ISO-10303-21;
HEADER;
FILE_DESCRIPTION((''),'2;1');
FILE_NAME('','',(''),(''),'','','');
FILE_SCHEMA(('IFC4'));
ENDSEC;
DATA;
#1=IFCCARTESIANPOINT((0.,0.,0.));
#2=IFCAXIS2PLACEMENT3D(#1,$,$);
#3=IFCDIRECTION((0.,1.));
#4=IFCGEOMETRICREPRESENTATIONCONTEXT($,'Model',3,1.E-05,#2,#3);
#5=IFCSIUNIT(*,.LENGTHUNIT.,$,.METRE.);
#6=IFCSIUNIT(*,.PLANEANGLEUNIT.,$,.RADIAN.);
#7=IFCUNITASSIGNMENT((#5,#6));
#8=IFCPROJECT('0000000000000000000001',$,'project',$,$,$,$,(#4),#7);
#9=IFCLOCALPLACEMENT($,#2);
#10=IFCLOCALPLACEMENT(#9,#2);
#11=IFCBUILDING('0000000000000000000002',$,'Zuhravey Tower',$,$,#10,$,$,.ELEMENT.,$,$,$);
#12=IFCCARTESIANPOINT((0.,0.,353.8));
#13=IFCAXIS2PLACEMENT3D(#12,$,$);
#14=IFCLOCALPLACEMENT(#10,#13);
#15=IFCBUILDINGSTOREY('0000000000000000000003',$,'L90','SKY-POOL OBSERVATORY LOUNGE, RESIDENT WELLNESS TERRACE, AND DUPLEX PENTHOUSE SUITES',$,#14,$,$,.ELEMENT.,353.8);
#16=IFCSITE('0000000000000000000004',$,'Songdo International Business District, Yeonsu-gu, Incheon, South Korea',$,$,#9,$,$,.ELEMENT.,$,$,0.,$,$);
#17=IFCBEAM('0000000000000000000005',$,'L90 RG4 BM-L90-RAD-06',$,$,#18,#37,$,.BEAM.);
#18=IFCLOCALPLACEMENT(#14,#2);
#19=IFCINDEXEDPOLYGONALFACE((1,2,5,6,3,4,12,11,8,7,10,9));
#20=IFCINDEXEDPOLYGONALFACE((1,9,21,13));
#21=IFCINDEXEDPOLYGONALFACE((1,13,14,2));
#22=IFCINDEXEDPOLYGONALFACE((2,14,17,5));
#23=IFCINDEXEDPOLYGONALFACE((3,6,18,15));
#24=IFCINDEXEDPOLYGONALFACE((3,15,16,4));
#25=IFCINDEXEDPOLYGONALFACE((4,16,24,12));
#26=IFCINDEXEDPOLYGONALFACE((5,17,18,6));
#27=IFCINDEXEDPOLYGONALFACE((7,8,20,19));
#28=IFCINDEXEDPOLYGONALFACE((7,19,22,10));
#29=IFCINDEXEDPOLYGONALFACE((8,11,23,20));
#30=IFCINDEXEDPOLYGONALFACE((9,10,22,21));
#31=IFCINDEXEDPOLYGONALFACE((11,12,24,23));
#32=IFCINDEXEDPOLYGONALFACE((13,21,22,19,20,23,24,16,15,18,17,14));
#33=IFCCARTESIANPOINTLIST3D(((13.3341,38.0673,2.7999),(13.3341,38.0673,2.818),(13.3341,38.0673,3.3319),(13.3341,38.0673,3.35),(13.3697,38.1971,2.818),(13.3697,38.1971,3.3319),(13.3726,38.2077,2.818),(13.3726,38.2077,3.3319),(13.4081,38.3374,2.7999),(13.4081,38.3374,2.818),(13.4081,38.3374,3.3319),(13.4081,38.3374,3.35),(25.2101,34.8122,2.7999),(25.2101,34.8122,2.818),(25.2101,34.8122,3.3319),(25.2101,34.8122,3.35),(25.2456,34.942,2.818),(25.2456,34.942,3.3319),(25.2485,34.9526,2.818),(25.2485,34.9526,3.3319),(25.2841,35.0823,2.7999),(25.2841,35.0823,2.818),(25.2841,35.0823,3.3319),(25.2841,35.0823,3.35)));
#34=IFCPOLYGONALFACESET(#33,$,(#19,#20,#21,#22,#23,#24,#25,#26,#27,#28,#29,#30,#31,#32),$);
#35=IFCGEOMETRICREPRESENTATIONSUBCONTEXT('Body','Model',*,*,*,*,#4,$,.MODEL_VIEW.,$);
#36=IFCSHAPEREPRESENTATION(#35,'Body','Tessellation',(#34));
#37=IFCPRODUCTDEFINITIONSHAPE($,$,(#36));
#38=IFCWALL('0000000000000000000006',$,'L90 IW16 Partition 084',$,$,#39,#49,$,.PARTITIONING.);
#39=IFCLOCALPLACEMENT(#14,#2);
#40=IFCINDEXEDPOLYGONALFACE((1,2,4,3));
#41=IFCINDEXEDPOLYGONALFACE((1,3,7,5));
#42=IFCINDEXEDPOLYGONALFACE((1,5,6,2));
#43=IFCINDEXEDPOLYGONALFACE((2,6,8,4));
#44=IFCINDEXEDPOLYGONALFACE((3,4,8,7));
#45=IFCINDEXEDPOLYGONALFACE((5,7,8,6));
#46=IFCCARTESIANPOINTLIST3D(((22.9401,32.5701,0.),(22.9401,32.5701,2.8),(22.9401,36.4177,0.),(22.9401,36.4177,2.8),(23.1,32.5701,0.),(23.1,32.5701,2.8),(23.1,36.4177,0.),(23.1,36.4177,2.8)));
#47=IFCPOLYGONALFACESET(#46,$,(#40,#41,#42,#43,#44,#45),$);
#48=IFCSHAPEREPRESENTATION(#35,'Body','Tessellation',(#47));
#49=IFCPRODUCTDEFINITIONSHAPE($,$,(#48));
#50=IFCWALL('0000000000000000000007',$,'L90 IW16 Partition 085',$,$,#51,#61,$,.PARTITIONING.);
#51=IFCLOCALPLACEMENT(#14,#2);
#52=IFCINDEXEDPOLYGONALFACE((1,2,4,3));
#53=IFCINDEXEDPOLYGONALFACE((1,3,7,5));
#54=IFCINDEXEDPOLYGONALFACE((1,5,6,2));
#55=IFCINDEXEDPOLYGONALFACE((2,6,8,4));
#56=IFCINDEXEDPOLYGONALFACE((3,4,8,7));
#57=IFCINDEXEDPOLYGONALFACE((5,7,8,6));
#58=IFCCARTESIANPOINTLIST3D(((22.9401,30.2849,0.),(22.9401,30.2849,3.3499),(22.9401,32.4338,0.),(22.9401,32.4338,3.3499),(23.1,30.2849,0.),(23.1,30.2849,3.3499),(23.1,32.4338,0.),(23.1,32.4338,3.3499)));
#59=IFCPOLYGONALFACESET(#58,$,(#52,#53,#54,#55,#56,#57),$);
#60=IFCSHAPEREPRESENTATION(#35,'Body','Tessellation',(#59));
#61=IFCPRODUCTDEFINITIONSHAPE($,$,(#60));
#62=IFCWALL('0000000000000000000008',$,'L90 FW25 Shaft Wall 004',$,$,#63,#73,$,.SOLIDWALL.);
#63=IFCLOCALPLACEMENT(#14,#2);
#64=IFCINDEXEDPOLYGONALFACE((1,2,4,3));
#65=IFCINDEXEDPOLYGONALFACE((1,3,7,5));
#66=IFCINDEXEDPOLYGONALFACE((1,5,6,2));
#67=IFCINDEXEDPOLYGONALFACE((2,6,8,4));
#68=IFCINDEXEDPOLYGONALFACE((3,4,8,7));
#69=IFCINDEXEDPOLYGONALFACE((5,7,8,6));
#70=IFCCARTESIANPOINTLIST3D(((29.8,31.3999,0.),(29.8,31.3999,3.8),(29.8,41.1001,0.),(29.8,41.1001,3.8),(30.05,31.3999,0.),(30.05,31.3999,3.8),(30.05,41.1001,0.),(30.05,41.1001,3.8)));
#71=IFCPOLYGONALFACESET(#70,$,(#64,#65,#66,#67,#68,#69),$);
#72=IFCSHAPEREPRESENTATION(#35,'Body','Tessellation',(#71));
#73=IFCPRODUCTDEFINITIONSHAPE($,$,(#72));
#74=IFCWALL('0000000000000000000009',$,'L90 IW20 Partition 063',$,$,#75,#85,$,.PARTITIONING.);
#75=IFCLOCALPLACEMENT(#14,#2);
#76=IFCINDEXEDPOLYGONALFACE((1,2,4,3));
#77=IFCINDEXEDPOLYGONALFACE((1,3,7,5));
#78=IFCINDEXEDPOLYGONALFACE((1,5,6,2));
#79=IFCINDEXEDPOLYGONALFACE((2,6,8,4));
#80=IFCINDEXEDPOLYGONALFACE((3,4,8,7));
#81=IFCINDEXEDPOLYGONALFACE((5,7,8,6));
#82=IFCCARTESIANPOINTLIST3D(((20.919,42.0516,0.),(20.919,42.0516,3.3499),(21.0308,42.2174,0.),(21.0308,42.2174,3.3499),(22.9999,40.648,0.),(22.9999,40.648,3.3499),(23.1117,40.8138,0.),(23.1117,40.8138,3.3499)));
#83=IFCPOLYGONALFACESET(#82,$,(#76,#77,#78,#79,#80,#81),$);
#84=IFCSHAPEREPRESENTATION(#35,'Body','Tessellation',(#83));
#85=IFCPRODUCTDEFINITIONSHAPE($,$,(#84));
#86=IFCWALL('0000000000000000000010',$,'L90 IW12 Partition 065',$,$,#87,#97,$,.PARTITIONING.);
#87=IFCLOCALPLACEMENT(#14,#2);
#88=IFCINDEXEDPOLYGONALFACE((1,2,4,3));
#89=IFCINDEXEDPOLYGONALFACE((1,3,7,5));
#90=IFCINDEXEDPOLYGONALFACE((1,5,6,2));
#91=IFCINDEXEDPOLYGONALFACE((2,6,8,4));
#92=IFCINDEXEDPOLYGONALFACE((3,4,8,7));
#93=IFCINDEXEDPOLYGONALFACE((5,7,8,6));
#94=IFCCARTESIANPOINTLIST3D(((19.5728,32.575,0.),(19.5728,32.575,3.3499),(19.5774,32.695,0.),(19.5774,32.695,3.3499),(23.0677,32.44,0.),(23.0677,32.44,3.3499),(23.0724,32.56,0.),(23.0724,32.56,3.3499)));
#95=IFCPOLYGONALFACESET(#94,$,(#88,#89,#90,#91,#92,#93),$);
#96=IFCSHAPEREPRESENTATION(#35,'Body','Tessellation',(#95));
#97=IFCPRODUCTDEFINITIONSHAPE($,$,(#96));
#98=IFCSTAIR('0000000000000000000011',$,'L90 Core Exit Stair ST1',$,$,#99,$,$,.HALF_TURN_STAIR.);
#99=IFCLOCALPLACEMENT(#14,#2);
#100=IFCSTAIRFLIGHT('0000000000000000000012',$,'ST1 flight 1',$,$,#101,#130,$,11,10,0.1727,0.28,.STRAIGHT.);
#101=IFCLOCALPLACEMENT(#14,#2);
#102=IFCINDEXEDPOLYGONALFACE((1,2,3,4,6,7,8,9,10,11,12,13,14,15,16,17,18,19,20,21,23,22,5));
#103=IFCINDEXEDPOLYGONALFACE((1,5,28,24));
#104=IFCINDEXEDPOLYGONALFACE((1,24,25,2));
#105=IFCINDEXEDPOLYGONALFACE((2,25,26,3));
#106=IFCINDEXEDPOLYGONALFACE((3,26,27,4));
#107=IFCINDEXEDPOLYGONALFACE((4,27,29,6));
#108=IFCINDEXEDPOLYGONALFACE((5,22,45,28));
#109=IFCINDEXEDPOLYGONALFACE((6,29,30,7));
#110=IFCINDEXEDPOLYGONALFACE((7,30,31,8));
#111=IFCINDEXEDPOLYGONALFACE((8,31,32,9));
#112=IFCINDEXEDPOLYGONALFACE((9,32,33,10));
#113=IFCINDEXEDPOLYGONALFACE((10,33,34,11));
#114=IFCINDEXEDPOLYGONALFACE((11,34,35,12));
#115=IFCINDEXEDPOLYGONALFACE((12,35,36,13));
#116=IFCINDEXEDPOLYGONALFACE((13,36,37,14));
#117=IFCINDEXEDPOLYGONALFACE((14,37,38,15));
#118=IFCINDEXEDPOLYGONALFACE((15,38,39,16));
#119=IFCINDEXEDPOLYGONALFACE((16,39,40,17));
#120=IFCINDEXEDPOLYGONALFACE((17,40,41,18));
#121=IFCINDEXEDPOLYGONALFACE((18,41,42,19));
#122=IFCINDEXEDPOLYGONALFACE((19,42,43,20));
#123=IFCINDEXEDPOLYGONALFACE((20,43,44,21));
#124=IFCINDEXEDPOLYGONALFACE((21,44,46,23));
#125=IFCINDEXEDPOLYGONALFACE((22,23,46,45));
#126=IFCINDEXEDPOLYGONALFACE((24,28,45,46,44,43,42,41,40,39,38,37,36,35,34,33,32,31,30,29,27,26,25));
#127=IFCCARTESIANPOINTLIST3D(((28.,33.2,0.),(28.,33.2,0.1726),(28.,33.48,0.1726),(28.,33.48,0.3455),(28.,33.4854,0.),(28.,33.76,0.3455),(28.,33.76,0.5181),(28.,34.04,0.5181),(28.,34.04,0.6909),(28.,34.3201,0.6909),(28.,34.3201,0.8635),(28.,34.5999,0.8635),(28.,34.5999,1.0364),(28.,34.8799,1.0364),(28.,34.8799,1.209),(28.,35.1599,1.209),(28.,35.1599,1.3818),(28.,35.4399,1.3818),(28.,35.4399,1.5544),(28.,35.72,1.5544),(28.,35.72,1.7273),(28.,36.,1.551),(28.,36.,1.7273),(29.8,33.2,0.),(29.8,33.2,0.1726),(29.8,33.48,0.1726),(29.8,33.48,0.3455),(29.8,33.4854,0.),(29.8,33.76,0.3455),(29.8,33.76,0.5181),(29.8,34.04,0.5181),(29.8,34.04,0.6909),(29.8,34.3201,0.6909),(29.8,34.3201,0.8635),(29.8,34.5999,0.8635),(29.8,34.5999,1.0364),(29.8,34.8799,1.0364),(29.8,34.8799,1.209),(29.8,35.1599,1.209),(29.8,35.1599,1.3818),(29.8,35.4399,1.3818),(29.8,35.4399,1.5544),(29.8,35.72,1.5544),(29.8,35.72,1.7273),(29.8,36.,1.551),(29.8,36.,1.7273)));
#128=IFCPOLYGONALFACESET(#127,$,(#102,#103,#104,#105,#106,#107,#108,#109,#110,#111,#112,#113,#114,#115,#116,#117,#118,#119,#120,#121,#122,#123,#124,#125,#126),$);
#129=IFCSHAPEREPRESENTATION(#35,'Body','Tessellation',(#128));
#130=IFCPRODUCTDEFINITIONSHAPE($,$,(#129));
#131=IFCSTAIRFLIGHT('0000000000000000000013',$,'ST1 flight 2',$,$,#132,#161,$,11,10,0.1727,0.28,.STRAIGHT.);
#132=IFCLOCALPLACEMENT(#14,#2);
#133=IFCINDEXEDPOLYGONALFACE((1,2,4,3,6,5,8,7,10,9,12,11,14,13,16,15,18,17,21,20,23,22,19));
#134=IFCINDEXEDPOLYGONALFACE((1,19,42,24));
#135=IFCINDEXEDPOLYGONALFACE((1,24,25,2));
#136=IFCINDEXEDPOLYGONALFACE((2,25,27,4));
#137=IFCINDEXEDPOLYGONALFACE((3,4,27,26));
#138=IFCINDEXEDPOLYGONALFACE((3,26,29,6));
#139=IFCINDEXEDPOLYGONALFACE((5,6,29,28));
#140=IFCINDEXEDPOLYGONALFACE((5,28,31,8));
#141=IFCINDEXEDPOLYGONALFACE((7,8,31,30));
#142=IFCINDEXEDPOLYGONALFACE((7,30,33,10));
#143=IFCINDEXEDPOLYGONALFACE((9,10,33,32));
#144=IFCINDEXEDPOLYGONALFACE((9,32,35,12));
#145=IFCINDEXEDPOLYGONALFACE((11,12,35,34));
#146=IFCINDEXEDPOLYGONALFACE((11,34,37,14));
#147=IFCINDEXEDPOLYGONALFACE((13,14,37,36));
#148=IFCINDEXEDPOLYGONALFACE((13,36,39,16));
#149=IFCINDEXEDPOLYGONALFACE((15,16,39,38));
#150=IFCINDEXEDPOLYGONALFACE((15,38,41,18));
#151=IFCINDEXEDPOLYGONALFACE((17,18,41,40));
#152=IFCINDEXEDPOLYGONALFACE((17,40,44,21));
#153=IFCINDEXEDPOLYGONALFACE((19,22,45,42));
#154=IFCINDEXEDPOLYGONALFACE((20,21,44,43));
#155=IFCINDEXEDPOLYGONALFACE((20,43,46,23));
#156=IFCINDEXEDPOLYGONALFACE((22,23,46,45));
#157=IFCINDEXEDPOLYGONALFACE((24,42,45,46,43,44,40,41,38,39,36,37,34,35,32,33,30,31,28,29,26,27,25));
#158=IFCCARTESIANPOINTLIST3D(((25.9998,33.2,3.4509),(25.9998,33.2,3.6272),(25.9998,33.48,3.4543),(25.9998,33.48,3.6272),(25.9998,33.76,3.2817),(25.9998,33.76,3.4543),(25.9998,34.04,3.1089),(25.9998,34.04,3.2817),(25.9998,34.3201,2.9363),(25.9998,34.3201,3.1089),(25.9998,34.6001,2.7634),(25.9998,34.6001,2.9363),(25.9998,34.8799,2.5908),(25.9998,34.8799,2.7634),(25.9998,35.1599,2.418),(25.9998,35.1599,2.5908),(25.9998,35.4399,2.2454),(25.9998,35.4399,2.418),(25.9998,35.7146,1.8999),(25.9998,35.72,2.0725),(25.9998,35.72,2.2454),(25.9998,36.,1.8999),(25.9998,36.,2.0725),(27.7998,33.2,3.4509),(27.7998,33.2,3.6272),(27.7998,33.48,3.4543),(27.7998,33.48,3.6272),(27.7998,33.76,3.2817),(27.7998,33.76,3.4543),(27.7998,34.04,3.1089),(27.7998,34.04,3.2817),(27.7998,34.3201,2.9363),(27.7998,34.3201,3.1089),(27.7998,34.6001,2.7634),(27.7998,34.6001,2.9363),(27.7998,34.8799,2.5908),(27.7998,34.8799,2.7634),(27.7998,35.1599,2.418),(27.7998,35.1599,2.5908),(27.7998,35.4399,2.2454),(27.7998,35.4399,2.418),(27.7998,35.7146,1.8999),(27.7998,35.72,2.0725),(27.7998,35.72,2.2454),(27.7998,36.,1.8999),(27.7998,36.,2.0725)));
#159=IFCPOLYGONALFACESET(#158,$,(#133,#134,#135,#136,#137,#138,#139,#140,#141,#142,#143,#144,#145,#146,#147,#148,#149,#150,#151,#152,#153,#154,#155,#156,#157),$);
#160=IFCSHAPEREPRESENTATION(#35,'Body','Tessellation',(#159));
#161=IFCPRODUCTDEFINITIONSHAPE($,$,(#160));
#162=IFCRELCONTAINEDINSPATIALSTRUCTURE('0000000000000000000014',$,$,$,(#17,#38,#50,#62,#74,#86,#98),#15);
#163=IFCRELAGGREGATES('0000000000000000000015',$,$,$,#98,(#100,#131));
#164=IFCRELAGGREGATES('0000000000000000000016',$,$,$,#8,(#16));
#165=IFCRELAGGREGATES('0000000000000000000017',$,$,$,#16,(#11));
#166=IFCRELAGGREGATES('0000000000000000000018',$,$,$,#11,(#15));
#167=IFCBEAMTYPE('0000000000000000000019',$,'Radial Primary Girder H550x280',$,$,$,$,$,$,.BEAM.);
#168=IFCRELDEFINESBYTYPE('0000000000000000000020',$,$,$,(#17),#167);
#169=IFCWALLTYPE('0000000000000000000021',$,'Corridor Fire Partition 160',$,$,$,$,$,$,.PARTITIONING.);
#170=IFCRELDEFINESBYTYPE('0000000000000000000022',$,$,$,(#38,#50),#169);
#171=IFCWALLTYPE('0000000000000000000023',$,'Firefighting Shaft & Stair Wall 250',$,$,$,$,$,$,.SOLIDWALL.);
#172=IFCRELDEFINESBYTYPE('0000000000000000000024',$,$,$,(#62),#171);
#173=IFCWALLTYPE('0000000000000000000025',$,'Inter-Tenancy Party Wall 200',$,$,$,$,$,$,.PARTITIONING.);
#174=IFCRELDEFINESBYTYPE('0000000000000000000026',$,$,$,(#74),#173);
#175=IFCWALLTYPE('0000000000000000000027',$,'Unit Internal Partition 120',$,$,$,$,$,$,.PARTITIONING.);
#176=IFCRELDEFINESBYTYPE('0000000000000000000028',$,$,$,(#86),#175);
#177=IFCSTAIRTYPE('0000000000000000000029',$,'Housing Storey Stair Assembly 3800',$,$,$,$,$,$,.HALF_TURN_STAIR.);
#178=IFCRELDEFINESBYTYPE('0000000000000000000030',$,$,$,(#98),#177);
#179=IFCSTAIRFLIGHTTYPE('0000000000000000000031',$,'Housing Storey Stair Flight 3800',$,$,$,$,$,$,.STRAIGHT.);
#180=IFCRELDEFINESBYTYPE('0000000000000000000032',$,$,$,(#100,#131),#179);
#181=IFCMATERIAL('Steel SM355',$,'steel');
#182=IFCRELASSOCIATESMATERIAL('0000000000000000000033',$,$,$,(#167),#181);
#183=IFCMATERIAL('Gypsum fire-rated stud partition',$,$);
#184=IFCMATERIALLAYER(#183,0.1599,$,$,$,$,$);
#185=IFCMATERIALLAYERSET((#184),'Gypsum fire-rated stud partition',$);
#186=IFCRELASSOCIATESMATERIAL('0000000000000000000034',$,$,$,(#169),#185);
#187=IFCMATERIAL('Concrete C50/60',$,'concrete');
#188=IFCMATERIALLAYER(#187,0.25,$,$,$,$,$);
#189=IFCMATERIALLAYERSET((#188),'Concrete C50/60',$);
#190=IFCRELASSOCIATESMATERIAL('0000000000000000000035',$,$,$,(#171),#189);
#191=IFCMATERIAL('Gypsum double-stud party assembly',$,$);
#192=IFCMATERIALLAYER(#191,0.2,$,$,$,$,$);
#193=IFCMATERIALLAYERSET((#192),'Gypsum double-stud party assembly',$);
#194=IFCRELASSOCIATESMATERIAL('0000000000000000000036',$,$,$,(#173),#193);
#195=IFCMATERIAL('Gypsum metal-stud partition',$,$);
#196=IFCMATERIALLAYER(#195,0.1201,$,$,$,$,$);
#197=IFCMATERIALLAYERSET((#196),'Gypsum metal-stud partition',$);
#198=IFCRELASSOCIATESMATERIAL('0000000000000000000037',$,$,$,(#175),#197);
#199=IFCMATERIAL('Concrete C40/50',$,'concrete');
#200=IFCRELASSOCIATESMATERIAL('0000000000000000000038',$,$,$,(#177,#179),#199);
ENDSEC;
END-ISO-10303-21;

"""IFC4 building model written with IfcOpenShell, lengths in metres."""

from ifc_helpers import new_model, si_unit, direction, frame, frame_2d, origin, origin_2d, place, context, subcontext, project, spatial, polyline, rectangle, i_section, outline, extrude, material, layer, layer_set, material_profile, profile_set, type_object, element, aggregate, save


model = new_model("IFC4")

# Units and contexts
model_context = context("Model", 3, precision=1e-05, world=origin(), true_north=direction((0.0, 1.0)))
body_context = subcontext(model_context, "Body", "Model", "MODEL_VIEW")
ifc_project = project(units=[si_unit("LENGTHUNIT", "METRE"), si_unit("PLANEANGLEUNIT", "RADIAN")], contexts=[model_context])

# Site, building, storey
site_placement = place(None, origin())
site = spatial("IfcSite", under=ifc_project, at=site_placement, Name="Songdo International Business District, Yeonsu-gu, Incheon, South Korea", CompositionType="ELEMENT", RefElevation=0.0)
building_placement = place(site_placement, origin())
building = spatial("IfcBuilding", under=site, at=building_placement, Name="Zuhravey Tower", CompositionType="ELEMENT")
storey_placement = place(building_placement, frame((0.0, 0.0, 353.8)))
storey = spatial("IfcBuildingStorey", under=building, at=storey_placement, Name="L90", Description="SKY-POOL OBSERVATORY LOUNGE, RESIDENT WELLNESS TERRACE, AND DUPLEX PENTHOUSE SUITES", CompositionType="ELEMENT", Elevation=353.8)

# Beam
ifc_material_1 = material(Name="Steel SM355", Category="steel")
ifc_material_profile = material_profile(ifc_material_1, i_section(OverallWidth=0.28, OverallDepth=0.55, WebThickness=0.011, FlangeThickness=0.0181, at=origin_2d()), Name="H-550x280x11x18")
ifc_profile_set = profile_set([ifc_material_profile], Name="Steel SM355")
beam_type = type_object("IfcBeamType", Name="Radial Primary Girder H550x280", PredefinedType="BEAM", material=ifc_profile_set)
beam_placement = place(storey_placement, frame((25.2471, 34.9473, 3.075), z_axis=(-0.964429, 0.264344, 0.0), x_axis=(-0.264344, -0.964429, 0.0)))
element("IfcBeam", 1, at=beam_placement, inside=storey, type_object=beam_type, Name="L90 RG4 BM-L90-RAD-06", PredefinedType="BEAM", context=body_context, shape_type="SweptSolid", body=[
    extrude(i_section(OverallWidth=0.28, OverallDepth=0.55, WebThickness=0.011, FlangeThickness=0.0181, at=origin_2d()), origin(), (0.0, 0.0, 1.0), 12.314),
])

# Shared definitions
ifc_material_2 = material(Name="Gypsum fire-rated stud partition")
ifc_layer_1 = layer(ifc_material_2, 0.1599)
ifc_layer_set_1 = layer_set([ifc_layer_1], Name="Gypsum fire-rated stud partition")
wall_type_1 = type_object("IfcWallType", Name="Corridor Fire Partition 160", PredefinedType="PARTITIONING", material=ifc_layer_set_1)

# Walls
wall_1_placement = place(storey_placement, frame((23.02, 36.4177, 0.0), z_axis=(0.0, 0.0, 1.0), x_axis=(0.0, -1.0, 0.0)))
element("IfcWall", 2, at=wall_1_placement, inside=storey, type_object=wall_type_1, Name="L90 IW16 Partition 084", PredefinedType="PARTITIONING", context=body_context, shape_type="SweptSolid", body=[
    extrude(rectangle(XDim=3.8477, YDim=0.1599, at=frame_2d((1.9238, 0.0))), origin(), (0.0, 0.0, 1.0), 2.8),
])
wall_2_placement = place(storey_placement, frame((23.02, 32.4338, 0.0), z_axis=(0.0, 0.0, 1.0), x_axis=(0.0, -1.0, 0.0)))
element("IfcWall", 3, at=wall_2_placement, inside=storey, type_object=wall_type_1, Name="L90 IW16 Partition 085", PredefinedType="PARTITIONING", context=body_context, shape_type="SweptSolid", body=[
    extrude(rectangle(XDim=2.1489, YDim=0.1599, at=frame_2d((1.0745, 0.0))), origin(), (0.0, 0.0, 1.0), 3.3499),
])

# Shared definitions
ifc_material_3 = material(Name="Concrete C50/60", Category="concrete")
ifc_layer_2 = layer(ifc_material_3, 0.25)
ifc_layer_set_2 = layer_set([ifc_layer_2], Name="Concrete C50/60")
wall_type_2 = type_object("IfcWallType", Name="Firefighting Shaft & Stair Wall 250", PredefinedType="SOLIDWALL", material=ifc_layer_set_2)

# Walls
wall_3_placement = place(storey_placement, frame((29.925, 31.3999, 0.0), z_axis=(0.0, 0.0, 1.0), x_axis=(0.0, 1.0, 0.0)))
element("IfcWall", 4, at=wall_3_placement, inside=storey, type_object=wall_type_2, Name="L90 FW25 Shaft Wall 004", PredefinedType="SOLIDWALL", context=body_context, shape_type="SweptSolid", body=[
    extrude(rectangle(XDim=9.7002, YDim=0.25, at=frame_2d((4.8501, 0.0))), origin(), (0.0, 0.0, 1.0), 3.8),
])
ifc_material_4 = material(Name="Gypsum double-stud party assembly")
ifc_layer_3 = layer(ifc_material_4, 0.2)
ifc_layer_set_3 = layer_set([ifc_layer_3], Name="Gypsum double-stud party assembly")
wall_type_3 = type_object("IfcWallType", Name="Inter-Tenancy Party Wall 200", PredefinedType="PARTITIONING", material=ifc_layer_set_3)
wall_4_placement = place(storey_placement, frame((23.0557, 40.731, 0.0), z_axis=(0.0, 0.0, 1.0), x_axis=(-0.82903, 0.559204, 0.0)))
element("IfcWall", 5, at=wall_4_placement, inside=storey, type_object=wall_type_3, Name="L90 IW20 Partition 063", PredefinedType="PARTITIONING", context=body_context, shape_type="SweptSolid", body=[
    extrude(rectangle(XDim=2.51, YDim=0.2, at=frame_2d((1.2549, 0.0))), origin(), (0.0, 0.0, 1.0), 3.3499),
])
ifc_material_5 = material(Name="Gypsum metal-stud partition")
ifc_layer_4 = layer(ifc_material_5, 0.1201)
ifc_layer_set_4 = layer_set([ifc_layer_4], Name="Gypsum metal-stud partition")
wall_type_4 = type_object("IfcWallType", Name="Unit Internal Partition 120", PredefinedType="PARTITIONING", material=ifc_layer_set_4)
wall_5_placement = place(storey_placement, frame((23.0701, 32.5, 0.0), z_axis=(0.0, 0.0, 1.0), x_axis=(-0.999255, 0.038602, 0.0)))
element("IfcWall", 6, at=wall_5_placement, inside=storey, type_object=wall_type_4, Name="L90 IW12 Partition 065", PredefinedType="PARTITIONING", context=body_context, shape_type="SweptSolid", body=[
    extrude(rectangle(XDim=3.4976, YDim=0.1201, at=frame_2d((1.7488, 0.0))), origin(), (0.0, 0.0, 1.0), 3.3499),
])

# Stair, stair flights
ifc_material_6 = material(Name="Concrete C40/50", Category="concrete")
stair_type = type_object("IfcStairType", Name="Housing Storey Stair Assembly 3800", PredefinedType="HALF_TURN_STAIR", material=ifc_material_6)
stair_1_placement = place(storey_placement, origin())
stair_1 = element("IfcStair", 7, at=stair_1_placement, inside=storey, type_object=stair_type, Name="L90 Core Exit Stair ST1", PredefinedType="HALF_TURN_STAIR")
stair_flight_type = type_object("IfcStairFlightType", Name="Housing Storey Stair Flight 3800", PredefinedType="STRAIGHT", material=ifc_material_6)
stair_flight_1_placement = place(storey_placement, frame((28.8999, 33.2, 0.0), z_axis=(0.0, 0.0, 1.0), x_axis=(0.0, 1.0, 0.0)))
stair_flight_1 = element("IfcStairFlight", 8, at=stair_flight_1_placement, type_object=stair_flight_type, Name="ST1 flight 1", NumberOfRisers=11, NumberOfTreads=10, PredefinedType="STRAIGHT", RiserHeight=0.1727, TreadLength=0.28, context=body_context, shape_type="SweptSolid", body=[
    extrude(outline(polyline([(0.0, 0.0), (0.0, 0.1726), (0.28, 0.1726), (0.28, 0.3455), (0.5601, 0.3455), (0.5601, 0.5181), (0.8401, 0.5181), (0.8401, 0.6909), (1.1201, 0.6909), (1.1201, 0.8635), (1.3999, 0.8635), (1.3999, 1.0364), (1.6799, 1.0364), (1.6799, 1.209), (1.96, 1.209), (1.96, 1.3818), (2.24, 1.3818), (2.24, 1.5544), (2.52, 1.5544), (2.52, 1.7273), (2.8, 1.7273), (2.8, 1.8999), (2.8, 1.551), (0.2854, 0.0), (0.0, 0.0)])), frame((0.0, 0.8999, 0.0), z_axis=(0.0, -1.0, 0.0), x_axis=(1.0, 0.0, 0.0)), (0.0, 0.0, 1.0), 1.8),
])
stair_flight_2_placement = place(storey_placement, frame((26.8999, 36.0, 1.8999), z_axis=(0.0, 0.0, 1.0), x_axis=(0.0, -1.0, 0.0)))
stair_flight_2 = element("IfcStairFlight", 9, at=stair_flight_2_placement, type_object=stair_flight_type, Name="ST1 flight 2", NumberOfRisers=11, NumberOfTreads=10, PredefinedType="STRAIGHT", RiserHeight=0.1727, TreadLength=0.28, context=body_context, shape_type="SweptSolid", body=[
    extrude(outline(polyline([(0.0, 0.0), (0.0, 0.1726), (0.28, 0.1726), (0.28, 0.3455), (0.5601, 0.3455), (0.5601, 0.5181), (0.8401, 0.5181), (0.8401, 0.6909), (1.1201, 0.6909), (1.1201, 0.8635), (1.3999, 0.8635), (1.3999, 1.0364), (1.6799, 1.0364), (1.6799, 1.209), (1.96, 1.209), (1.96, 1.3818), (2.24, 1.3818), (2.24, 1.5544), (2.52, 1.5544), (2.52, 1.7273), (2.8, 1.7273), (2.8, 1.8999), (2.8, 1.551), (0.2854, 0.0), (0.0, 0.0)])), frame((0.0, 0.8999, 0.0), z_axis=(0.0, -1.0, 0.0), x_axis=(1.0, 0.0, 0.0)), (0.0, 0.0, 1.0), 1.8),
])
aggregate(stair_1, [stair_flight_1, stair_flight_2])

save(model, "model.ifc")
